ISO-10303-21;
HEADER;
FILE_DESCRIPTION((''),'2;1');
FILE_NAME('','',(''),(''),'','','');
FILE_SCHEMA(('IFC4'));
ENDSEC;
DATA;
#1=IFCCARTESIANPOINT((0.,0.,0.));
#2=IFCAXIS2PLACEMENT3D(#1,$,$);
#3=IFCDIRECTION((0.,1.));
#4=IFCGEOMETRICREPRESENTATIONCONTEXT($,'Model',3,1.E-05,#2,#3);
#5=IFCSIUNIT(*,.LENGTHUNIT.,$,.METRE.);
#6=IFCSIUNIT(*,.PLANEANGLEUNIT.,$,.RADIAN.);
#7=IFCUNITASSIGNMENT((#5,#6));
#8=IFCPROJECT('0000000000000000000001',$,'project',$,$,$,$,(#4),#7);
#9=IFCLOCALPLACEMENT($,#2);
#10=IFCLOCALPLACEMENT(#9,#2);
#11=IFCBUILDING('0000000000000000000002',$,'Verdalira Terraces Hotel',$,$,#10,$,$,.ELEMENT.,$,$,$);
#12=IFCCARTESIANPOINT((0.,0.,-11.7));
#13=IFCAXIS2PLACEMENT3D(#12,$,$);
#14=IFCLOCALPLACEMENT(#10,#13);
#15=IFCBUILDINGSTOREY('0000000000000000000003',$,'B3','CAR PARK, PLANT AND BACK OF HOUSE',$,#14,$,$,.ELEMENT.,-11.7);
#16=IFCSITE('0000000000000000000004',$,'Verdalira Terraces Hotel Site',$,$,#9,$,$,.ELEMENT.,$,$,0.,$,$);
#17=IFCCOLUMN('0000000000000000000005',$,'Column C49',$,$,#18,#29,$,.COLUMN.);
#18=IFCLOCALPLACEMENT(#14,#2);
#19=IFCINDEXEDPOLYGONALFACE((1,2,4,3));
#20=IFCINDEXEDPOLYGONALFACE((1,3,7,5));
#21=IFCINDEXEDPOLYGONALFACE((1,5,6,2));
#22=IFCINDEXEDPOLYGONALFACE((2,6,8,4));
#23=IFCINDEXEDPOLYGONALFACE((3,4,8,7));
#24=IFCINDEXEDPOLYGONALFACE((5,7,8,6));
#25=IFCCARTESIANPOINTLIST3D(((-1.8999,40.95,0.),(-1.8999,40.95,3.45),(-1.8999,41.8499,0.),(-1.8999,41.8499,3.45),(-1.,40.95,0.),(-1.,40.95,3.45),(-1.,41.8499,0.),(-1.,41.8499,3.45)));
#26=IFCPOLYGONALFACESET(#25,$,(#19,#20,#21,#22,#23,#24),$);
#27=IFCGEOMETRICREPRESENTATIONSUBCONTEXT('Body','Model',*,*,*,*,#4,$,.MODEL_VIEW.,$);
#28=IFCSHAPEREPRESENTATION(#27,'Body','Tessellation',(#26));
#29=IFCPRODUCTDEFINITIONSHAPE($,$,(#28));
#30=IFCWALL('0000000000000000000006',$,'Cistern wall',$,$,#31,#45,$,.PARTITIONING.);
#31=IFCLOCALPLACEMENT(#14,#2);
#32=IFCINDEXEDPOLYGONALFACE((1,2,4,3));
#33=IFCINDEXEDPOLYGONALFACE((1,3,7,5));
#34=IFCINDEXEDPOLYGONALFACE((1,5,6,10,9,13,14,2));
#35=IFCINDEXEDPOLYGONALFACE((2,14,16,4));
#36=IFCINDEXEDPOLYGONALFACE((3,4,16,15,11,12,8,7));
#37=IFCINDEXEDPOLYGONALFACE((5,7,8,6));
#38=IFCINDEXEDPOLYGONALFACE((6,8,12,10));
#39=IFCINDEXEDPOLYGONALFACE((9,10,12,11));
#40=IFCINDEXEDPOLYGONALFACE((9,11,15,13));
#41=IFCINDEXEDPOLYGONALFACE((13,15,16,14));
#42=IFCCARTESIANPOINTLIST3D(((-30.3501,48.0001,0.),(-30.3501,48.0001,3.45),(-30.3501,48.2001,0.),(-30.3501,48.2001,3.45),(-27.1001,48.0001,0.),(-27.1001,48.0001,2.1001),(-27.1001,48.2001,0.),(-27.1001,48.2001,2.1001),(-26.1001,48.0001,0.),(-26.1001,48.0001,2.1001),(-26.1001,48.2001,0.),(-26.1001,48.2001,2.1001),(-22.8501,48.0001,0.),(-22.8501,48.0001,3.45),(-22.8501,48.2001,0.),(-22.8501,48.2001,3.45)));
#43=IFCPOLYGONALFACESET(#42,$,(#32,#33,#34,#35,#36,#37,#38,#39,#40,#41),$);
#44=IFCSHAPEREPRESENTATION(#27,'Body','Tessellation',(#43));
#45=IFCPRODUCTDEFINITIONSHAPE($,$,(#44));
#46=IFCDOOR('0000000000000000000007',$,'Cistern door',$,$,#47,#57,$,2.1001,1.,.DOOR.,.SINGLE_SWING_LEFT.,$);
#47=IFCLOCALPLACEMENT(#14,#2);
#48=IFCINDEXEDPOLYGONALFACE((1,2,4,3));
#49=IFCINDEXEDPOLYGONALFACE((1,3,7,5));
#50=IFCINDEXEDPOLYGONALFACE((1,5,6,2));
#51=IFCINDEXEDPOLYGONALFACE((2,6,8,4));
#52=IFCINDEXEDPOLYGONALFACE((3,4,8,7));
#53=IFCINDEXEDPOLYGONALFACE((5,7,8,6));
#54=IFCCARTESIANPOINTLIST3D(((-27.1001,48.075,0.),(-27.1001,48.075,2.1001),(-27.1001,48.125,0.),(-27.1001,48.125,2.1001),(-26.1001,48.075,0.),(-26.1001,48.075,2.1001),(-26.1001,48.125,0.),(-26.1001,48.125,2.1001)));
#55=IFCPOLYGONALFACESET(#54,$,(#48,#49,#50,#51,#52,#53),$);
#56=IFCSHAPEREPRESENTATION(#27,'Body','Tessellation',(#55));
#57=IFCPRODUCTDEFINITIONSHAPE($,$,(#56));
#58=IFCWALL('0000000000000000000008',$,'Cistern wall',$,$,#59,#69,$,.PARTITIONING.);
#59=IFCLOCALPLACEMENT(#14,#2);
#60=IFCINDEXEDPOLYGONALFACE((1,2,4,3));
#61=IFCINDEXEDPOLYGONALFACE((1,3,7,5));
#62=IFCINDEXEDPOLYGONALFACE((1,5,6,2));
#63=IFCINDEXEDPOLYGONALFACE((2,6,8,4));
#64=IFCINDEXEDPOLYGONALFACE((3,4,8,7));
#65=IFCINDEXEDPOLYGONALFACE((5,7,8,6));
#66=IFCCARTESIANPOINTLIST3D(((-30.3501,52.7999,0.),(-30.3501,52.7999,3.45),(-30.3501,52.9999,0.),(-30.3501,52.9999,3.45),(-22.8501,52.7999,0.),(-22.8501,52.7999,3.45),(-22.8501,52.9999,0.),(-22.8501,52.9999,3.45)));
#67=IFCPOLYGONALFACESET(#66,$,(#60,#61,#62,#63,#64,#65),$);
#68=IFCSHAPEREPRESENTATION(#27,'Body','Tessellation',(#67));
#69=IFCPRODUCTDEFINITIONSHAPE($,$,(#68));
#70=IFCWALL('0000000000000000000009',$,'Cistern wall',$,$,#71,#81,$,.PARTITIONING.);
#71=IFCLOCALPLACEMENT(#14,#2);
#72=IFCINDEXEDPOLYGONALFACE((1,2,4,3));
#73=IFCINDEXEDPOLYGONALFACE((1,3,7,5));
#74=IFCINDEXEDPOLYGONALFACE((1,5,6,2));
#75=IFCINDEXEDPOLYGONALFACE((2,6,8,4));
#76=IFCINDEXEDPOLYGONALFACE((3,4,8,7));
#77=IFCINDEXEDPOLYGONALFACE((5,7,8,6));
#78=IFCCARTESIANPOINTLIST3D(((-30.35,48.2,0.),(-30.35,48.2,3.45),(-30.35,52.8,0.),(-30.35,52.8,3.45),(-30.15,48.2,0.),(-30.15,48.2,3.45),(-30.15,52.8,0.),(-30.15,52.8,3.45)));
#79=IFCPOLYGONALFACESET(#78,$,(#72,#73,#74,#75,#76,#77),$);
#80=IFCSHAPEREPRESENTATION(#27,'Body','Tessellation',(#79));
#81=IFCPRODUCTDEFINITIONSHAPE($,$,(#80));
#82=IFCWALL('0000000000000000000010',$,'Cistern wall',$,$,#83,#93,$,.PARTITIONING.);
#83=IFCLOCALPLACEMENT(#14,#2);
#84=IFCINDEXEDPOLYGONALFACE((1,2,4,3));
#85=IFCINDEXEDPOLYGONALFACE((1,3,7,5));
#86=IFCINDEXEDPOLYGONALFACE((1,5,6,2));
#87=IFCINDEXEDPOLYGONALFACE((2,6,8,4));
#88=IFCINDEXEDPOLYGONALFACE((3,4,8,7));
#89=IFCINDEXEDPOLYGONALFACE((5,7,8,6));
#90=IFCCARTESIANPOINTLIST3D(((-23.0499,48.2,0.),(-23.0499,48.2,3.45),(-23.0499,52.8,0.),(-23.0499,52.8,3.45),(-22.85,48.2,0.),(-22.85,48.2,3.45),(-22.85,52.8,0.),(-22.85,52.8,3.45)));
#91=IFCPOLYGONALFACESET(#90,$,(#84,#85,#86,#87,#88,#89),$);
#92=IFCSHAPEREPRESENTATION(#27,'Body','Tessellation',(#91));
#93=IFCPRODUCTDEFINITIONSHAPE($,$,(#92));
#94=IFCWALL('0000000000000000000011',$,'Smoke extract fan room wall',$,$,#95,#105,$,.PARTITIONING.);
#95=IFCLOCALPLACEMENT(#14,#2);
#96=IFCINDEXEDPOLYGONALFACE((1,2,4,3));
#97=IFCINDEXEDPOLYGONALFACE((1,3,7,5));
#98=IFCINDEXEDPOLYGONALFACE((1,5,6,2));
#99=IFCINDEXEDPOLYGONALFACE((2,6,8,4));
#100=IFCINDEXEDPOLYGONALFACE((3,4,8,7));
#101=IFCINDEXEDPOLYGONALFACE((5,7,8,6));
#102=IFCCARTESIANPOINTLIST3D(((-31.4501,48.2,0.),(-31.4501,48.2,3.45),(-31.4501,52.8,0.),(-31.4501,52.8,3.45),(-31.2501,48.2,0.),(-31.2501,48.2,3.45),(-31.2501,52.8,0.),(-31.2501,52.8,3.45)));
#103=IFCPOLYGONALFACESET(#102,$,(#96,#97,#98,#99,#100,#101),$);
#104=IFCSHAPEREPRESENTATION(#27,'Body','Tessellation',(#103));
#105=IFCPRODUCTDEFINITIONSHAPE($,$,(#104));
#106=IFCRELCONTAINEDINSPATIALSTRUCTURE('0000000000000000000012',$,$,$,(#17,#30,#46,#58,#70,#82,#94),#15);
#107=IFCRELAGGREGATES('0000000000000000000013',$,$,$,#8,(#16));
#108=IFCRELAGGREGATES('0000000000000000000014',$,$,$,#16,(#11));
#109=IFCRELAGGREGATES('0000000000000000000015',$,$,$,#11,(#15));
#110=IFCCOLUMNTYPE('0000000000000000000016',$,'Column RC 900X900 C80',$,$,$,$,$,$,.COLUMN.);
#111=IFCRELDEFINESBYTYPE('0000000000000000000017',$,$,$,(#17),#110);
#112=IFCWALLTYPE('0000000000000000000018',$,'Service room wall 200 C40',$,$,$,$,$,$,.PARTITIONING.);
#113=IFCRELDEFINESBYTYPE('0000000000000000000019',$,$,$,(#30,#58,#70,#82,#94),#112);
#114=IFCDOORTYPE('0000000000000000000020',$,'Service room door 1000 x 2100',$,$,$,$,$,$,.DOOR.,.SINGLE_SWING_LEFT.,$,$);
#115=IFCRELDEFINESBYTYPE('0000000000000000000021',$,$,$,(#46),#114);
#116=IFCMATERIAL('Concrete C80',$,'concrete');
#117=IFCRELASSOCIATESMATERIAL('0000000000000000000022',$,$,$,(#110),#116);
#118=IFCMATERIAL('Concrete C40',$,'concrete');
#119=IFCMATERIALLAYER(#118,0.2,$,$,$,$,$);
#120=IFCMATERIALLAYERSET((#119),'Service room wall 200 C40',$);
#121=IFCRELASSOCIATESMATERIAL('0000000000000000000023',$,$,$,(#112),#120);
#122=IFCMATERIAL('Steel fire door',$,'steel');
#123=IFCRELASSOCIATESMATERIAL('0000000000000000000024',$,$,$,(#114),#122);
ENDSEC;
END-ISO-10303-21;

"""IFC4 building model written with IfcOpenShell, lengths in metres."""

from ifc_helpers import new_model, si_unit, direction, frame, frame_2d, origin, origin_2d, place, context, subcontext, project, spatial, rectangle, extrude, material, layer, layer_set, material_profile, profile_set, type_object, element, fill, save


model = new_model("IFC4")

# Units and contexts
model_context = context("Model", 3, precision=1e-05, world=origin(), true_north=direction((0.0, 1.0)))
body_context = subcontext(model_context, "Body", "Model", "MODEL_VIEW")
ifc_project = project(units=[si_unit("LENGTHUNIT", "METRE"), si_unit("PLANEANGLEUNIT", "RADIAN")], contexts=[model_context])

# Site, building, storey
site_placement = place(None, origin())
site = spatial("IfcSite", under=ifc_project, at=site_placement, Name="Verdalira Terraces Hotel Site", CompositionType="ELEMENT", RefElevation=0.0)
building_placement = place(site_placement, origin())
building = spatial("IfcBuilding", under=site, at=building_placement, Name="Verdalira Terraces Hotel", CompositionType="ELEMENT")
storey_placement = place(building_placement, frame((0.0, 0.0, -11.7)))
storey = spatial("IfcBuildingStorey", under=building, at=storey_placement, Name="B3", Description="CAR PARK, PLANT AND BACK OF HOUSE", CompositionType="ELEMENT", Elevation=-11.7)

# Column
ifc_material_1 = material(Name="Concrete C80", Category="concrete")
ifc_material_profile_1 = material_profile(ifc_material_1, rectangle(XDim=0.8999, YDim=0.8999, at=origin_2d()), Name="RC 900X900")
ifc_profile_set_1 = profile_set([ifc_material_profile_1], Name="Concrete C80")
column_type_1 = type_object("IfcColumnType", Name="Column RC 900X900 C80", PredefinedType="COLUMN", material=ifc_profile_set_1)
for number, where, z_axis, x_axis, name in (
    (1, (-1.45, 41.3999, 0.0), (0.0, 0.0, 1.0), (0.0, 1.0, 0.0), "Column C49"),
):
    element("IfcColumn", number, at=place(storey_placement, frame(where, z_axis=z_axis, x_axis=x_axis)), inside=storey, type_object=column_type_1, Name=name, PredefinedType="COLUMN", context=body_context, shape_type="SweptSolid", body=[
        extrude(rectangle(XDim=0.8999, YDim=0.8999, at=origin_2d()), origin(), (0.0, 0.0, 1.0), 3.45),
    ])

# Wall, opening, door
ifc_material_2 = material(Name="Concrete C40", Category="concrete")
ifc_layer = layer(ifc_material_2, 0.2)
ifc_layer_set = layer_set([ifc_layer], Name="Service room wall 200 C40")
wall_type = type_object("IfcWallType", Name="Service room wall 200 C40", PredefinedType="PARTITIONING", material=ifc_layer_set)
wall_1_placement = place(storey_placement, frame((-30.3501, 48.1001, 0.0), z_axis=(0.0, 0.0, 1.0), x_axis=(1.0, 0.0, 0.0)))
wall_1 = element("IfcWall", 2, at=wall_1_placement, inside=storey, type_object=wall_type, Name="Cistern wall", PredefinedType="PARTITIONING", context=body_context, shape_type="SweptSolid", body=[
    extrude(rectangle(XDim=7.5, YDim=0.2, at=frame_2d((3.75, 0.0))), origin(), (0.0, 0.0, 1.0), 3.45),
])
opening_placement = place(wall_1_placement, frame((3.25, 0.0, 0.0)))
opening = element("IfcOpeningElement", 3, at=opening_placement, cuts=wall_1, PredefinedType="OPENING", context=body_context, shape_type="SweptSolid", body=[
    extrude(rectangle(XDim=1.0, YDim=2.1001, at=frame_2d((0.5, 1.05))), frame((0.0, 0.1099, 0.0), z_axis=(0.0, -1.0, 0.0), x_axis=(1.0, 0.0, 0.0)), (0.0, 0.0, 1.0), 0.22),
])
ifc_material_3 = material(Name="Steel fire door", Category="steel")
door_type = type_object("IfcDoorType", Name="Service room door 1000 x 2100", OperationType="SINGLE_SWING_LEFT", PredefinedType="DOOR", material=ifc_material_3)
door_placement = place(opening_placement, origin())
door = element("IfcDoor", 4, at=door_placement, inside=storey, type_object=door_type, Name="Cistern door", OperationType="SINGLE_SWING_LEFT", OverallHeight=2.1001, OverallWidth=1.0, PredefinedType="DOOR", context=body_context, shape_type="SweptSolid", body=[
    extrude(rectangle(XDim=1.0, YDim=2.1001, at=frame_2d((0.5, 1.05))), frame((0.0, 0.0249, 0.0), z_axis=(0.0, -1.0, 0.0), x_axis=(1.0, 0.0, 0.0)), (0.0, 0.0, 1.0), 0.05),
])
fill(opening, door)

# Walls
wall_2_placement = place(storey_placement, frame((-30.3501, 52.8999, 0.0), z_axis=(0.0, 0.0, 1.0), x_axis=(1.0, 0.0, 0.0)))
element("IfcWall", 5, at=wall_2_placement, inside=storey, type_object=wall_type, Name="Cistern wall", PredefinedType="PARTITIONING", context=body_context, shape_type="SweptSolid", body=[
    extrude(rectangle(XDim=7.5, YDim=0.2, at=frame_2d((3.75, 0.0))), origin(), (0.0, 0.0, 1.0), 3.45),
])
for number, where, z_axis, x_axis, name in (
    (6, (-30.25, 48.2, 0.0), (0.0, 0.0, 1.0), (0.0, 1.0, 0.0), "Cistern wall"),
    (7, (-22.95, 48.2, 0.0), (0.0, 0.0, 1.0), (0.0, 1.0, 0.0), "Cistern wall"),
    (8, (-31.3501, 48.2, 0.0), (0.0, 0.0, 1.0), (0.0, 1.0, 0.0), "Smoke extract fan room wall"),
):
    element("IfcWall", number, at=place(storey_placement, frame(where, z_axis=z_axis, x_axis=x_axis)), inside=storey, type_object=wall_type, Name=name, PredefinedType="PARTITIONING", context=body_context, shape_type="SweptSolid", body=[
        extrude(rectangle(XDim=4.6001, YDim=0.2, at=frame_2d((2.3, 0.0))), origin(), (0.0, 0.0, 1.0), 3.45),
    ])

save(model, "model.ifc")
